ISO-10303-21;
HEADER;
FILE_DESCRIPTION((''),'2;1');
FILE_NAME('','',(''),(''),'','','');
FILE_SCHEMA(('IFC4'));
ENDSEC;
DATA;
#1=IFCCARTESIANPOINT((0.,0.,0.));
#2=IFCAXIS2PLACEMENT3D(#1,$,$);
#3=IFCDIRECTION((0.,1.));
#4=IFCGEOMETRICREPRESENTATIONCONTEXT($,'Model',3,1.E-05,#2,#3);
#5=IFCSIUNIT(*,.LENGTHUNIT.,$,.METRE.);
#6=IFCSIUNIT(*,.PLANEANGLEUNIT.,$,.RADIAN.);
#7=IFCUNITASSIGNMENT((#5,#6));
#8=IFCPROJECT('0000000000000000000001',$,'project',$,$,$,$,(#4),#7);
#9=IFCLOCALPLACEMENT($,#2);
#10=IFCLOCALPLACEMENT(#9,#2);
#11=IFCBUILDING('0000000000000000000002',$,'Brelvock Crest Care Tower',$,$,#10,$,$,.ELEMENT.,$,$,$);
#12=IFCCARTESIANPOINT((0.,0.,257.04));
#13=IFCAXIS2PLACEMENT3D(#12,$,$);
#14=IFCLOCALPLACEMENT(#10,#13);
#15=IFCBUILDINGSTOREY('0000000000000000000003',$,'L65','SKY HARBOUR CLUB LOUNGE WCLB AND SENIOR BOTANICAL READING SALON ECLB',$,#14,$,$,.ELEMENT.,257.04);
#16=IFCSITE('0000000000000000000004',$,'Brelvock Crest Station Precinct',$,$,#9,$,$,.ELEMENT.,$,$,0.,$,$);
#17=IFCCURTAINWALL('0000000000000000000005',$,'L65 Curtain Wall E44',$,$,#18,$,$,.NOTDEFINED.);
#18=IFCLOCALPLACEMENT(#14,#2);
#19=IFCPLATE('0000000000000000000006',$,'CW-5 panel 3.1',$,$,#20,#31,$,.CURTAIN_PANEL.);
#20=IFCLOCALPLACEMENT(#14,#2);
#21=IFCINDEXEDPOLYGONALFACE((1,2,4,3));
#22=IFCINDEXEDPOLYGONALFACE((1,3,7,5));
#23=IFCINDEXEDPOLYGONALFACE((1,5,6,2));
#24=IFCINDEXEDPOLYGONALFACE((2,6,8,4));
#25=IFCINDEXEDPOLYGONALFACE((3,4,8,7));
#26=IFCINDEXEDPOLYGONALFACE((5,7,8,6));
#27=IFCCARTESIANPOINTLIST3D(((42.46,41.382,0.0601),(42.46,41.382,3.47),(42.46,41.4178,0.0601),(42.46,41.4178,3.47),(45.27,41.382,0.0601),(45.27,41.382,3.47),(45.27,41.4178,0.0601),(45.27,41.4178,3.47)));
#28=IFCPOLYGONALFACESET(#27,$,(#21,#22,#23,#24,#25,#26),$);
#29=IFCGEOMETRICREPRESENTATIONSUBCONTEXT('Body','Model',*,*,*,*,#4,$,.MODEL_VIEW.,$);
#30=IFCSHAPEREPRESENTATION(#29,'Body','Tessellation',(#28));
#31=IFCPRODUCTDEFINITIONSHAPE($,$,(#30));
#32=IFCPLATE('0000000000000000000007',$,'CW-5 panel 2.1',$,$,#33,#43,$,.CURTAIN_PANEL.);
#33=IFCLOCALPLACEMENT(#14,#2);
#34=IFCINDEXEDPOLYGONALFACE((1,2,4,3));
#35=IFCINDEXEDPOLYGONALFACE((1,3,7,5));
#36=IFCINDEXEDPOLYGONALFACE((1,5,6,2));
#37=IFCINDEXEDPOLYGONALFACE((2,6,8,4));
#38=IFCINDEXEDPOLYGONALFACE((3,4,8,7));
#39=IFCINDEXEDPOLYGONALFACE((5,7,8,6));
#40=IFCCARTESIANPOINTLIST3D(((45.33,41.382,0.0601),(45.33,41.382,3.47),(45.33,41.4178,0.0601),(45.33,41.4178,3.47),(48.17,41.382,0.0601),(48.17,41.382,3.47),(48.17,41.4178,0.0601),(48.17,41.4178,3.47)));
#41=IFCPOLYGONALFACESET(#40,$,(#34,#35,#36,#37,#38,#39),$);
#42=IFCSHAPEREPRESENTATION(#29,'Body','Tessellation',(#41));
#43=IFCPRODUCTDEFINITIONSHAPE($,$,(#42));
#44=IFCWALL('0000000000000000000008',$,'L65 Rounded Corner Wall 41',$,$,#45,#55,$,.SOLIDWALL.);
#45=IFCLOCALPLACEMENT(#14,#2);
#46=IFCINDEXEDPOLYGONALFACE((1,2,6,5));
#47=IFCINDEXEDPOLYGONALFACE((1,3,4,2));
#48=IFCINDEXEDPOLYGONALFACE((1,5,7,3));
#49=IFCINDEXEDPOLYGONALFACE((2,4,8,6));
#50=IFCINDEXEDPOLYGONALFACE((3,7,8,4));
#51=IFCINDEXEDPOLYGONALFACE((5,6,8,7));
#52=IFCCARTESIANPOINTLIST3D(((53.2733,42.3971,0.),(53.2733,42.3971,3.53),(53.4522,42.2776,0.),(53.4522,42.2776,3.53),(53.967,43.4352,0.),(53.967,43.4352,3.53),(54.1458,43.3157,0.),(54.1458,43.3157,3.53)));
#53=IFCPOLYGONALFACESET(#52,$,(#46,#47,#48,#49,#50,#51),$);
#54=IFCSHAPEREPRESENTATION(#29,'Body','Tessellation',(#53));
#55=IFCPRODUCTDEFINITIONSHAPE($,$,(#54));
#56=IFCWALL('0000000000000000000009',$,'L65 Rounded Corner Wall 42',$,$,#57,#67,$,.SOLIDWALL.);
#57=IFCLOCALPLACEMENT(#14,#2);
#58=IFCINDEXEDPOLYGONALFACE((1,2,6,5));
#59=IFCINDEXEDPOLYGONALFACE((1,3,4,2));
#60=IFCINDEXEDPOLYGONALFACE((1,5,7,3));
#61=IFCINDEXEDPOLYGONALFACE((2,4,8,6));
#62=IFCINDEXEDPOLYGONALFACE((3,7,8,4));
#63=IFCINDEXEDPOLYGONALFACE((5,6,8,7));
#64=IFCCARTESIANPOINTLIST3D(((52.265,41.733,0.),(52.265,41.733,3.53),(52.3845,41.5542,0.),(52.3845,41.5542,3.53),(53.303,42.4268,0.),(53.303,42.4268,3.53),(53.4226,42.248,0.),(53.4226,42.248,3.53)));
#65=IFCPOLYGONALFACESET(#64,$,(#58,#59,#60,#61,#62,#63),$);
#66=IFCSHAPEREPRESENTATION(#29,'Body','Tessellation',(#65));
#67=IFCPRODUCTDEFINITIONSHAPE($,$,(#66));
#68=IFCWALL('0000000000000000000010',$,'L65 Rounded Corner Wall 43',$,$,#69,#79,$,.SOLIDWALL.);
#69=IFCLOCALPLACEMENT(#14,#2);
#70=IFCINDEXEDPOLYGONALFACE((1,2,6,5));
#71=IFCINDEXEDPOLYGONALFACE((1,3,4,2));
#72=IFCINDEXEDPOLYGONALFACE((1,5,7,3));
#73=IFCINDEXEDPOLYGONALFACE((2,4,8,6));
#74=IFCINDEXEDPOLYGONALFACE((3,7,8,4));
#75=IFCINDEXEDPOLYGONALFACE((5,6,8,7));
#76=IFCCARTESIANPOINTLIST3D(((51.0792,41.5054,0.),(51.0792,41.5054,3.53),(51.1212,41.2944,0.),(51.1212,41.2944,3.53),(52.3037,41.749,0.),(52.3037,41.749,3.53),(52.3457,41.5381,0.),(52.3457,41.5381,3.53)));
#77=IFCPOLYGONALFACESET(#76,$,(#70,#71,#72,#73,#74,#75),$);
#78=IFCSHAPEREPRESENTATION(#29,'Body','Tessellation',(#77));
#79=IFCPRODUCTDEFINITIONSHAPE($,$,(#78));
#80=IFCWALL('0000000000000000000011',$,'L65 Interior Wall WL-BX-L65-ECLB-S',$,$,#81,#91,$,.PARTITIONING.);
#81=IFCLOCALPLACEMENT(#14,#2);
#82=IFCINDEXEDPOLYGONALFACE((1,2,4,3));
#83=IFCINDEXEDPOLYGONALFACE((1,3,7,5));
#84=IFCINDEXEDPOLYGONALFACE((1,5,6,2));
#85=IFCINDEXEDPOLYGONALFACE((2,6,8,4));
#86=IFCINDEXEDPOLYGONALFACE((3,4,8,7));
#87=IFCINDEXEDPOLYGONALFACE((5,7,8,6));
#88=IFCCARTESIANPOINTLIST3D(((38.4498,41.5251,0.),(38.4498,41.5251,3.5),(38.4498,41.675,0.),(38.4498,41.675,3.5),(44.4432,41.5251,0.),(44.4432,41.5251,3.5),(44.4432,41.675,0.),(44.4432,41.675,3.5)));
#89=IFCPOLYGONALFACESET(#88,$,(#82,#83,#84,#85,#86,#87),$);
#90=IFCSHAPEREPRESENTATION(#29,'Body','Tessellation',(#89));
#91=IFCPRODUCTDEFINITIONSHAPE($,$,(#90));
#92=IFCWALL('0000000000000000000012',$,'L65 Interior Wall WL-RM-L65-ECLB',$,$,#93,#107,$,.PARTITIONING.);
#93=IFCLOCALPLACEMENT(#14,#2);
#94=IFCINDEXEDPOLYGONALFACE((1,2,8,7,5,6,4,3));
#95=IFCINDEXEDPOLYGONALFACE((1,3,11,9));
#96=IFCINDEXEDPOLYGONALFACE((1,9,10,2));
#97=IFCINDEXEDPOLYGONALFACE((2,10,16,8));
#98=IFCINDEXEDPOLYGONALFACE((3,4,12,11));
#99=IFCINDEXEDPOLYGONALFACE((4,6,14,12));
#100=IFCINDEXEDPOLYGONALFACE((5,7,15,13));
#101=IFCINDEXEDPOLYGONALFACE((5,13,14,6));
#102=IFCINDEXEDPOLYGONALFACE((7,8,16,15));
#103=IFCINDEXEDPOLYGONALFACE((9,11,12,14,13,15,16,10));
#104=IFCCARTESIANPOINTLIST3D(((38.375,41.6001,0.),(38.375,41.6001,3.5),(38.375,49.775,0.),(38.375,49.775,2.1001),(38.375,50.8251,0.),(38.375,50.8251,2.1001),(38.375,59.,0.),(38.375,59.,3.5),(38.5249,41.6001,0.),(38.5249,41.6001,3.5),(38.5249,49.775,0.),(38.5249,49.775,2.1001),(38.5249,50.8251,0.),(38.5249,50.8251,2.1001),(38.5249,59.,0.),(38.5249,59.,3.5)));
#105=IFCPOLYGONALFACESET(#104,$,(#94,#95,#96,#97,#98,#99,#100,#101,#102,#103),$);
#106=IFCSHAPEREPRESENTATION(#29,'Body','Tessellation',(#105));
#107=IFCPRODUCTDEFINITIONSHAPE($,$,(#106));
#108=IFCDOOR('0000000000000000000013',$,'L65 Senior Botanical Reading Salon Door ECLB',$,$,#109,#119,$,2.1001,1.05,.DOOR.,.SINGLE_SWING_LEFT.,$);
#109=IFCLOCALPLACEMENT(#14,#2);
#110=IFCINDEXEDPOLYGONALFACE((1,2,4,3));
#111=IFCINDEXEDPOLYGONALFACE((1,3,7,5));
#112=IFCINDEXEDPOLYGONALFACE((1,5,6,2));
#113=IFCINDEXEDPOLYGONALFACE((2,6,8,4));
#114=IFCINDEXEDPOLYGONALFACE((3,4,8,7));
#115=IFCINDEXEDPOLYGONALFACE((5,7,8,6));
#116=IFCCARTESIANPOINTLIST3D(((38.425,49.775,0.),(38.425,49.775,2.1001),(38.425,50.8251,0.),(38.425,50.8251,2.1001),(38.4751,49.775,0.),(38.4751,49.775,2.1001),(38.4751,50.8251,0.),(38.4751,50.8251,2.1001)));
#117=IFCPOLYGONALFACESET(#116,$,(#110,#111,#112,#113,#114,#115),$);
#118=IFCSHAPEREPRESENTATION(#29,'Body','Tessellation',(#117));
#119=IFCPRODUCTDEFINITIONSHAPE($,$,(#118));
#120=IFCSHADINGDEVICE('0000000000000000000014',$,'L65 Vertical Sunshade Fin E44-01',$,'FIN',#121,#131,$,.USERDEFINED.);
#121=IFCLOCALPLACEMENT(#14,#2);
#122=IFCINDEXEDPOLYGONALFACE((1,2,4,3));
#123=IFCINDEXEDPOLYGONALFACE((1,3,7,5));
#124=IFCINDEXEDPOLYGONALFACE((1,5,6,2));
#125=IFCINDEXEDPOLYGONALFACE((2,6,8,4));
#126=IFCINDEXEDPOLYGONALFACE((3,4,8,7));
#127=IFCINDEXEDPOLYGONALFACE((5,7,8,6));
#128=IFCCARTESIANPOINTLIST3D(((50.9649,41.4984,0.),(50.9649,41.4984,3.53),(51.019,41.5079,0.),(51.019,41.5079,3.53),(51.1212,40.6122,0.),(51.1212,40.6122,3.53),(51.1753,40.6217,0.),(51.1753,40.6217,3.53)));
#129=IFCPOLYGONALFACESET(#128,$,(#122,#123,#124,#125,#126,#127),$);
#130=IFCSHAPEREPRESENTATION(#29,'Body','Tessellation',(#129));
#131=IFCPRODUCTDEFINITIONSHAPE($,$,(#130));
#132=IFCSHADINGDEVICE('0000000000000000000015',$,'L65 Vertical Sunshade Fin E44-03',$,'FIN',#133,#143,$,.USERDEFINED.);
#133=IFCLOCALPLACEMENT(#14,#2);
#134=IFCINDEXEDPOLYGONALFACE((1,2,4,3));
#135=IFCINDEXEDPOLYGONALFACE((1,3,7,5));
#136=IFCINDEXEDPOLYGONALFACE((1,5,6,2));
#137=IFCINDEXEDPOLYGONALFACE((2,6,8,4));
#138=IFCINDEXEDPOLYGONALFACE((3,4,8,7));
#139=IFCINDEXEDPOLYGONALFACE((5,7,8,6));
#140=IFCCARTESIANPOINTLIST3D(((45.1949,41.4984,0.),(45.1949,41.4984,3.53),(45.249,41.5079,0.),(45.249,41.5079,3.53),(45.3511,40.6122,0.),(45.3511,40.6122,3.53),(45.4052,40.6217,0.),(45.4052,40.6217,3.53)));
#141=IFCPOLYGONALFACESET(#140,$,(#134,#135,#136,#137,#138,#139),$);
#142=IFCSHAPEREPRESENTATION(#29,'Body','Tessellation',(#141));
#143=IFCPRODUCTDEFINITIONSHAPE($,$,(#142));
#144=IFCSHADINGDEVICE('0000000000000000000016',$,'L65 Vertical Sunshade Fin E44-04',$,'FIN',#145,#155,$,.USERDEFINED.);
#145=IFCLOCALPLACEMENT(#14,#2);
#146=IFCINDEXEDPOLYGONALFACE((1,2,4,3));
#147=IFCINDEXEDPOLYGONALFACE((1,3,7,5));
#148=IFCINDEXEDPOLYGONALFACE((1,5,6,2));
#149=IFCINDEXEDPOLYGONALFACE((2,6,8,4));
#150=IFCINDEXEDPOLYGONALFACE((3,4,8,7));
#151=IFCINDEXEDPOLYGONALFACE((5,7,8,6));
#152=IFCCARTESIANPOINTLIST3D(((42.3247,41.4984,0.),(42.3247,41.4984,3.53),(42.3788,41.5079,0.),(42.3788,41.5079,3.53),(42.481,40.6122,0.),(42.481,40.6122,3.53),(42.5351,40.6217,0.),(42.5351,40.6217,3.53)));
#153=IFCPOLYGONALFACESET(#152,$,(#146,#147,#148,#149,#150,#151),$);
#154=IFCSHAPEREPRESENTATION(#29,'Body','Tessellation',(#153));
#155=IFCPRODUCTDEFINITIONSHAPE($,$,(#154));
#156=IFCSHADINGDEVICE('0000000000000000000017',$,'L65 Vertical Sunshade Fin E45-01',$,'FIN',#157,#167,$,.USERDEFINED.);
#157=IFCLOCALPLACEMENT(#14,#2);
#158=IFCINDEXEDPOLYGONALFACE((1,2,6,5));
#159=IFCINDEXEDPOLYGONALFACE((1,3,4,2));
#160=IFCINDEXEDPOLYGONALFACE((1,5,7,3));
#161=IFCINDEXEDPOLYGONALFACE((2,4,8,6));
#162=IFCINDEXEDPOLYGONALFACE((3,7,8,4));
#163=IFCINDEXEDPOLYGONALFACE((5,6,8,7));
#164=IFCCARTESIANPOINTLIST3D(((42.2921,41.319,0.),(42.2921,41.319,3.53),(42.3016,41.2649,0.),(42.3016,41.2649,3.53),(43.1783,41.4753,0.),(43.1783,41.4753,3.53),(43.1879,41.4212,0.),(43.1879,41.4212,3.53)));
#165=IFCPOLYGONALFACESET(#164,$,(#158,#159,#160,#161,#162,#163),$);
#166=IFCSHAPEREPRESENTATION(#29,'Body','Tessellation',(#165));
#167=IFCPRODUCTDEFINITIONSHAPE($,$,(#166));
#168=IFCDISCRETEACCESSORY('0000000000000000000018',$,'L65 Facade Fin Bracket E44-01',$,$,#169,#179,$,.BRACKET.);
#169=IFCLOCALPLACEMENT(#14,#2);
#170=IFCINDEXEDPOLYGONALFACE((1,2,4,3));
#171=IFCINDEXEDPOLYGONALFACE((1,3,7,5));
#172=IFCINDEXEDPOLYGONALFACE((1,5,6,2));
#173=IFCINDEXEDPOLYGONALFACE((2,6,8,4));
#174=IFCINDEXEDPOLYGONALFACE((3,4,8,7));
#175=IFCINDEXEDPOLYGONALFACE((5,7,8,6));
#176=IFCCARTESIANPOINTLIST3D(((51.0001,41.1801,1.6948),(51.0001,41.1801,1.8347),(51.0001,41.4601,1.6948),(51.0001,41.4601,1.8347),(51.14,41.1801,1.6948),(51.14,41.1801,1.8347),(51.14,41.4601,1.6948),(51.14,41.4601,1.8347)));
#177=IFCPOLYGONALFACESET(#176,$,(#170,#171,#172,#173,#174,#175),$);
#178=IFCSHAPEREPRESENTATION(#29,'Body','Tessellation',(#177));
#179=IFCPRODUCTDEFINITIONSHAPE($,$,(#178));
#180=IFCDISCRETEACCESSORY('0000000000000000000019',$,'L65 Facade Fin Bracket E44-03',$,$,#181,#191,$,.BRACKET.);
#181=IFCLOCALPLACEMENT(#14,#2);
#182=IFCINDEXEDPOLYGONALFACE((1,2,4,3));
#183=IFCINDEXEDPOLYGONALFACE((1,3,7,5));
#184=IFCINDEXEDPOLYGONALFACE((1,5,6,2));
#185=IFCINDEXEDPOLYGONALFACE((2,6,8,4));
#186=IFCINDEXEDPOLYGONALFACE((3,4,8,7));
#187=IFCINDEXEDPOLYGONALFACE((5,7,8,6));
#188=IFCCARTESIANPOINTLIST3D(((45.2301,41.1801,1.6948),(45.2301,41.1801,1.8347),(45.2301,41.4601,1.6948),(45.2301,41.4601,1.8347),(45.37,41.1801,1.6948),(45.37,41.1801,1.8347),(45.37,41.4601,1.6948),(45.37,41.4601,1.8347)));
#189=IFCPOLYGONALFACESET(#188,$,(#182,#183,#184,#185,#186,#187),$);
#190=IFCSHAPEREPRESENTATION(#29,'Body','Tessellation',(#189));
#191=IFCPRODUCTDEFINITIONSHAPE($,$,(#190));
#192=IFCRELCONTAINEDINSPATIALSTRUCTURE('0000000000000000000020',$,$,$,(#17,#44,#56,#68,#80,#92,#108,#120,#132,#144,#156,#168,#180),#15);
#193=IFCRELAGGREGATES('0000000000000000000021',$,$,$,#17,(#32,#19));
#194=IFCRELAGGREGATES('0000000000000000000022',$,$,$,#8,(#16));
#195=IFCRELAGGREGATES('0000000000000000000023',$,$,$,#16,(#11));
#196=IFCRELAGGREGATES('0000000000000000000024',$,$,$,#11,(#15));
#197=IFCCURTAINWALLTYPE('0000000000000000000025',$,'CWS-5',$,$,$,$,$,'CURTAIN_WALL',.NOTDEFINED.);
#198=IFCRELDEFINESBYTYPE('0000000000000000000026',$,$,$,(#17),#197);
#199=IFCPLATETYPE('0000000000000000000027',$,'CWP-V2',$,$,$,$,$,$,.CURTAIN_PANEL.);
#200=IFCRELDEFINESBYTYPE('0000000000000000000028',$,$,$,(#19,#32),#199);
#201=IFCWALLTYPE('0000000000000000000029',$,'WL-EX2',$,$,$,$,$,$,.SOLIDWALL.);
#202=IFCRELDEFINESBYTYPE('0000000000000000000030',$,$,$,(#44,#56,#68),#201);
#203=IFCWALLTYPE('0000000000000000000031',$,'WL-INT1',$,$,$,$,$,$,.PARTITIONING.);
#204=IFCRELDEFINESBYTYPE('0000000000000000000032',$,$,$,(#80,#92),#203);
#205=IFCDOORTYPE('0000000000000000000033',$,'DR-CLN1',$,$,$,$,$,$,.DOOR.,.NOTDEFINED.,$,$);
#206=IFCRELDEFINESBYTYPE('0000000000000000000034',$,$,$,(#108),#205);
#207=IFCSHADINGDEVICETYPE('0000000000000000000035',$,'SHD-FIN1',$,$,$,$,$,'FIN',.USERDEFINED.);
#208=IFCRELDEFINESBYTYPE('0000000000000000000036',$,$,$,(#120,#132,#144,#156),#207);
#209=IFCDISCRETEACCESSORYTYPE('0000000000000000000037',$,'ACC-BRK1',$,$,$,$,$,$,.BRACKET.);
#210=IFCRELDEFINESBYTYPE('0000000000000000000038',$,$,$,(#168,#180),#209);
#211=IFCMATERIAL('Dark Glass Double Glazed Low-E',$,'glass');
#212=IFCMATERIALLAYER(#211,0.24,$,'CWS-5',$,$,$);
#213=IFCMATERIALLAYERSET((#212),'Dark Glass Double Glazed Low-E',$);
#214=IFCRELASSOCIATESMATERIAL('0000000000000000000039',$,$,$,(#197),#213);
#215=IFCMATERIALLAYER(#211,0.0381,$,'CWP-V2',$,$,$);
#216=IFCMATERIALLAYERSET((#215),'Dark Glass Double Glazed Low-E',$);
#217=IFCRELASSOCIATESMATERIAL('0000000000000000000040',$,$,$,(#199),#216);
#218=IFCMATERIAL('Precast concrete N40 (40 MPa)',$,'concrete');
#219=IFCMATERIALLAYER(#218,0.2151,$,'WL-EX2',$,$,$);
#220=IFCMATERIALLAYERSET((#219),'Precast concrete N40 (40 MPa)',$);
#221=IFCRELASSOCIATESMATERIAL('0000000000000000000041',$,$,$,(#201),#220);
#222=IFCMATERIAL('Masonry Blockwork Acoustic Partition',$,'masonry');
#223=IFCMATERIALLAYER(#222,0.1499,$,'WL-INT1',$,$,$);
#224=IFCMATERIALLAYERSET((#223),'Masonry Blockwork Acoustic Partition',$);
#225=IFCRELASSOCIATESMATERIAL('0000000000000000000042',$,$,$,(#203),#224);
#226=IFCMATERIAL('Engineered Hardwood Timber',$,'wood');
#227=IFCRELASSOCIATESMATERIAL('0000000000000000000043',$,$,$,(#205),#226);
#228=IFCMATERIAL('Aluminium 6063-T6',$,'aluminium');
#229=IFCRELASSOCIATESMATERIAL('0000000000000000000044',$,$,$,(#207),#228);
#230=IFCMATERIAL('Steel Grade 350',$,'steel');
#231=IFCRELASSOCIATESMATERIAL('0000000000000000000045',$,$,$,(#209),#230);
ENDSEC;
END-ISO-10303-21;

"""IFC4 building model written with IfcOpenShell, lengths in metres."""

from ifc_helpers import new_model, si_unit, direction, frame, frame_2d, origin, origin_2d, place, context, subcontext, project, spatial, rectangle, extrude, source, transform, mapped, material, layer, layer_set, material_profile, profile_set, type_object, element, fill, aggregate, save


model = new_model("IFC4")

# Units and contexts
model_context = context("Model", 3, precision=1e-05, world=origin(), true_north=direction((0.0, 1.0)))
body_context = subcontext(model_context, "Body", "Model", "MODEL_VIEW")
ifc_project = project(units=[si_unit("LENGTHUNIT", "METRE"), si_unit("PLANEANGLEUNIT", "RADIAN")], contexts=[model_context])

# Site, building, storey
site_placement = place(None, origin())
site = spatial("IfcSite", under=ifc_project, at=site_placement, Name="Brelvock Crest Station Precinct", CompositionType="ELEMENT", RefElevation=0.0)
building_placement = place(site_placement, origin())
building = spatial("IfcBuilding", under=site, at=building_placement, Name="Brelvock Crest Care Tower", CompositionType="ELEMENT")
storey_placement = place(building_placement, frame((0.0, 0.0, 257.04)))
storey = spatial("IfcBuildingStorey", under=building, at=storey_placement, Name="L65", Description="SKY HARBOUR CLUB LOUNGE WCLB AND SENIOR BOTANICAL READING SALON ECLB", CompositionType="ELEMENT", Elevation=257.04)

# Shared definitions
ifc_material_1 = material(Name="Steel Grade 350", Category="steel")

# Curtain wall
ifc_material_2 = material(Name="Dark Glass Double Glazed Low-E", Category="glass")
ifc_layer_1 = layer(ifc_material_2, 0.24, Name="CWS-5")
ifc_layer_set_1 = layer_set([ifc_layer_1], Name="Dark Glass Double Glazed Low-E")
curtain_wall_type = type_object("IfcCurtainWallType", Name="CWS-5", ElementType="CURTAIN_WALL", PredefinedType="NOTDEFINED", material=ifc_layer_set_1)
curtain_wall_1_placement = place(storey_placement, origin())
curtain_wall_1 = element("IfcCurtainWall", 1, at=curtain_wall_1_placement, inside=storey, type_object=curtain_wall_type, Name="L65 Curtain Wall E44", PredefinedType="NOTDEFINED")
ifc_material_3 = material(Name="Aluminium 6063-T6", Category="aluminium")

# Plates
ifc_layer_2 = layer(ifc_material_2, 0.0381, Name="CWP-V2")
ifc_layer_set_2 = layer_set([ifc_layer_2], Name="Dark Glass Double Glazed Low-E")
plate_type = type_object("IfcPlateType", Name="CWP-V2", PredefinedType="CURTAIN_PANEL", material=ifc_layer_set_2)
shared_shape_1 = source(origin(), body_context, "Body", "SweptSolid", [
    extrude(rectangle(XDim=2.8101, YDim=0.0359, at=origin_2d()), origin(), (0.0, 0.0, 1.0), 3.4099),
])
plate_1_placement = place(storey_placement, frame((43.865, 41.3999, 0.0601), z_axis=(0.0, 0.0, 1.0), x_axis=(-1.0, 0.0, 0.0)))
plate_1 = element("IfcPlate", 2, at=plate_1_placement, type_object=plate_type, Name="CW-5 panel 3.1", PredefinedType="CURTAIN_PANEL", context=body_context, shape_type="MappedRepresentation", body=[
    mapped(shared_shape_1, transform((0.0, 0.0, 0.0), x_axis=(1.0, 0.0, 0.0), y_axis=(0.0, 1.0, 0.0), z_axis=(0.0, 0.0, 1.0), scale=1.0)),
])
shared_shape_2 = source(origin(), body_context, "Body", "SweptSolid", [
    extrude(rectangle(XDim=2.8401, YDim=0.0359, at=origin_2d()), origin(), (0.0, 0.0, 1.0), 3.4099),
])
plate_2_placement = place(storey_placement, frame((46.75, 41.3999, 0.0601), z_axis=(0.0, 0.0, 1.0), x_axis=(-1.0, 0.0, 0.0)))
plate_2 = element("IfcPlate", 3, at=plate_2_placement, type_object=plate_type, Name="CW-5 panel 2.1", PredefinedType="CURTAIN_PANEL", context=body_context, shape_type="MappedRepresentation", body=[
    mapped(shared_shape_2, transform((0.0, 0.0, 0.0), x_axis=(1.0, 0.0, 0.0), y_axis=(0.0, 1.0, 0.0), z_axis=(0.0, 0.0, 1.0), scale=1.0)),
])
aggregate(curtain_wall_1, [plate_2, plate_1])

# Walls
ifc_material_4 = material(Name="Precast concrete N40 (40 MPa)", Category="concrete")
ifc_layer_3 = layer(ifc_material_4, 0.2151, Name="WL-EX2")
ifc_layer_set_3 = layer_set([ifc_layer_3], Name="Precast concrete N40 (40 MPa)")
wall_type_1 = type_object("IfcWallType", Name="WL-EX2", PredefinedType="SOLIDWALL", material=ifc_layer_set_3)
for number, where, z_axis, x_axis, name in (
    (4, (54.0564, 43.3755, 0.0), (0.0, 0.0, 1.0), (-0.555557, -0.831478, 0.0), "L65 Rounded Corner Wall 41"),
    (5, (53.3628, 42.3374, 0.0), (0.0, 0.0, 1.0), (-0.831388, -0.555692, 0.0), "L65 Rounded Corner Wall 42"),
    (6, (52.3247, 41.6436, 0.0), (0.0, 0.0, 1.0), (-0.980776, -0.195138, 0.0), "L65 Rounded Corner Wall 43"),
):
    element("IfcWall", number, at=place(storey_placement, frame(where, z_axis=z_axis, x_axis=x_axis)), inside=storey, type_object=wall_type_1, Name=name, PredefinedType="SOLIDWALL", context=body_context, shape_type="SweptSolid", body=[
        extrude(rectangle(XDim=1.2485, YDim=0.2151, at=frame_2d((0.6243, 0.0))), origin(), (0.0, 0.0, 1.0), 3.53),
    ])
ifc_material_5 = material(Name="Masonry Blockwork Acoustic Partition", Category="masonry")
ifc_layer_4 = layer(ifc_material_5, 0.1499, Name="WL-INT1")
ifc_layer_set_4 = layer_set([ifc_layer_4], Name="Masonry Blockwork Acoustic Partition")
wall_type_2 = type_object("IfcWallType", Name="WL-INT1", PredefinedType="PARTITIONING", material=ifc_layer_set_4)
wall_1_placement = place(storey_placement, frame((38.45, 41.6001, 0.0), z_axis=(0.0, 0.0, 1.0), x_axis=(1.0, 0.0, 0.0)))
element("IfcWall", 7, at=wall_1_placement, inside=storey, type_object=wall_type_2, Name="L65 Interior Wall WL-BX-L65-ECLB-S", PredefinedType="PARTITIONING", context=body_context, shape_type="SweptSolid", body=[
    extrude(rectangle(XDim=5.9934, YDim=0.1499, at=frame_2d((2.9966, 0.0))), origin(), (0.0, 0.0, 1.0), 3.5),
])

# Wall, opening, door
wall_2_placement = place(storey_placement, frame((38.45, 41.6001, 0.0), z_axis=(0.0, 0.0, 1.0), x_axis=(0.0, 1.0, 0.0)))
wall_2 = element("IfcWall", 8, at=wall_2_placement, inside=storey, type_object=wall_type_2, Name="L65 Interior Wall WL-RM-L65-ECLB", PredefinedType="PARTITIONING", context=body_context, shape_type="SweptSolid", body=[
    extrude(rectangle(XDim=17.3999, YDim=0.1499, at=frame_2d((8.7, 0.0))), origin(), (0.0, 0.0, 1.0), 3.5),
])
opening_placement = place(wall_2_placement, frame((8.175, 0.0, 0.0)))
opening = element("IfcOpeningElement", 9, at=opening_placement, cuts=wall_2, PredefinedType="OPENING", context=body_context, shape_type="SweptSolid", body=[
    extrude(rectangle(XDim=1.05, YDim=2.1001, at=origin_2d()), frame((0.5249, 0.085, 1.05), z_axis=(0.0, -1.0, 0.0), x_axis=(1.0, 0.0, 0.0)), (0.0, 0.0, 1.0), 0.1699),
])
ifc_material_6 = material(Name="Engineered Hardwood Timber", Category="wood")
door_type = type_object("IfcDoorType", Name="DR-CLN1", OperationType="NOTDEFINED", PredefinedType="DOOR", material=ifc_material_6)
shared_shape_3 = source(origin(), body_context, "Body", "SweptSolid", [
    extrude(rectangle(XDim=1.05, YDim=2.1001, at=origin_2d()), frame((0.5249, 0.0249, 1.05), z_axis=(0.0, -1.0, 0.0), x_axis=(1.0, 0.0, 0.0)), (0.0, 0.0, 1.0), 0.05),
])
door_placement = place(opening_placement, origin())
door = element("IfcDoor", 10, at=door_placement, inside=storey, type_object=door_type, Name="L65 Senior Botanical Reading Salon Door ECLB", OperationType="SINGLE_SWING_LEFT", OverallHeight=2.1001, OverallWidth=1.05, PredefinedType="DOOR", context=body_context, shape_type="MappedRepresentation", body=[
    mapped(shared_shape_3, transform((0.0, 0.0, 0.0), x_axis=(1.0, 0.0, 0.0), y_axis=(0.0, 1.0, 0.0), z_axis=(0.0, 0.0, 1.0), scale=1.0)),
])
fill(opening, door)

# Shading devices
ifc_material_profile_1 = material_profile(ifc_material_3, rectangle(XDim=0.0549, YDim=0.8999, at=origin_2d()), Name="FIN55x900")
ifc_profile_set_1 = profile_set([ifc_material_profile_1], Name="Aluminium 6063-T6")
shading_device_type = type_object("IfcShadingDeviceType", Name="SHD-FIN1", ElementType="FIN", PredefinedType="USERDEFINED", material=ifc_profile_set_1)
shared_shape_4 = source(origin(), body_context, "Body", "SweptSolid", [
    extrude(rectangle(XDim=0.0549, YDim=0.8999, at=origin_2d()), origin(), (0.0, 0.0, 1.0), 3.53),
])
for number, where, z_axis, x_axis, name in (
    (11, (51.0701, 41.0601, 0.0), (0.0, 0.0, 1.0), (-0.984808, -0.173648, 0.0), "L65 Vertical Sunshade Fin E44-01"),
    (12, (45.3, 41.0601, 0.0), (0.0, 0.0, 1.0), (-0.984808, -0.173648, 0.0), "L65 Vertical Sunshade Fin E44-03"),
    (13, (42.4299, 41.0601, 0.0), (0.0, 0.0, 1.0), (-0.984808, -0.173648, 0.0), "L65 Vertical Sunshade Fin E44-04"),
    (14, (42.74, 41.3701, 0.0), (0.0, 0.0, 1.0), (0.173648, -0.984808, 0.0), "L65 Vertical Sunshade Fin E45-01"),
):
    element("IfcShadingDevice", number, at=place(storey_placement, frame(where, z_axis=z_axis, x_axis=x_axis)), inside=storey, type_object=shading_device_type, Name=name, ObjectType="FIN", PredefinedType="USERDEFINED", context=body_context, shape_type="MappedRepresentation", body=[
        mapped(shared_shape_4, transform((0.0, 0.0, 0.0), x_axis=(1.0, 0.0, 0.0), y_axis=(0.0, 1.0, 0.0), z_axis=(0.0, 0.0, 1.0), scale=1.0)),
    ])

# Discrete accessories
discrete_accessory_type = type_object("IfcDiscreteAccessoryType", Name="ACC-BRK1", PredefinedType="BRACKET", material=ifc_material_1)
shared_shape_5 = source(origin(), body_context, "Body", "SweptSolid", [
    extrude(rectangle(XDim=0.28, YDim=0.1399, at=origin_2d()), origin(), (0.0, 0.0, 1.0), 0.1399),
])
for number, where, z_axis, x_axis, name in (
    (15, (51.0701, 41.3201, 1.6948), (0.0, 0.0, 1.0), (0.0, -1.0, 0.0), "L65 Facade Fin Bracket E44-01"),
    (16, (45.3, 41.3201, 1.6948), (0.0, 0.0, 1.0), (0.0, -1.0, 0.0), "L65 Facade Fin Bracket E44-03"),
):
    element("IfcDiscreteAccessory", number, at=place(storey_placement, frame(where, z_axis=z_axis, x_axis=x_axis)), inside=storey, type_object=discrete_accessory_type, Name=name, PredefinedType="BRACKET", context=body_context, shape_type="MappedRepresentation", body=[
        mapped(shared_shape_5, transform((0.0, 0.0, 0.0), x_axis=(1.0, 0.0, 0.0), y_axis=(0.0, 1.0, 0.0), z_axis=(0.0, 0.0, 1.0), scale=1.0)),
    ])

save(model, "model.ifc")
